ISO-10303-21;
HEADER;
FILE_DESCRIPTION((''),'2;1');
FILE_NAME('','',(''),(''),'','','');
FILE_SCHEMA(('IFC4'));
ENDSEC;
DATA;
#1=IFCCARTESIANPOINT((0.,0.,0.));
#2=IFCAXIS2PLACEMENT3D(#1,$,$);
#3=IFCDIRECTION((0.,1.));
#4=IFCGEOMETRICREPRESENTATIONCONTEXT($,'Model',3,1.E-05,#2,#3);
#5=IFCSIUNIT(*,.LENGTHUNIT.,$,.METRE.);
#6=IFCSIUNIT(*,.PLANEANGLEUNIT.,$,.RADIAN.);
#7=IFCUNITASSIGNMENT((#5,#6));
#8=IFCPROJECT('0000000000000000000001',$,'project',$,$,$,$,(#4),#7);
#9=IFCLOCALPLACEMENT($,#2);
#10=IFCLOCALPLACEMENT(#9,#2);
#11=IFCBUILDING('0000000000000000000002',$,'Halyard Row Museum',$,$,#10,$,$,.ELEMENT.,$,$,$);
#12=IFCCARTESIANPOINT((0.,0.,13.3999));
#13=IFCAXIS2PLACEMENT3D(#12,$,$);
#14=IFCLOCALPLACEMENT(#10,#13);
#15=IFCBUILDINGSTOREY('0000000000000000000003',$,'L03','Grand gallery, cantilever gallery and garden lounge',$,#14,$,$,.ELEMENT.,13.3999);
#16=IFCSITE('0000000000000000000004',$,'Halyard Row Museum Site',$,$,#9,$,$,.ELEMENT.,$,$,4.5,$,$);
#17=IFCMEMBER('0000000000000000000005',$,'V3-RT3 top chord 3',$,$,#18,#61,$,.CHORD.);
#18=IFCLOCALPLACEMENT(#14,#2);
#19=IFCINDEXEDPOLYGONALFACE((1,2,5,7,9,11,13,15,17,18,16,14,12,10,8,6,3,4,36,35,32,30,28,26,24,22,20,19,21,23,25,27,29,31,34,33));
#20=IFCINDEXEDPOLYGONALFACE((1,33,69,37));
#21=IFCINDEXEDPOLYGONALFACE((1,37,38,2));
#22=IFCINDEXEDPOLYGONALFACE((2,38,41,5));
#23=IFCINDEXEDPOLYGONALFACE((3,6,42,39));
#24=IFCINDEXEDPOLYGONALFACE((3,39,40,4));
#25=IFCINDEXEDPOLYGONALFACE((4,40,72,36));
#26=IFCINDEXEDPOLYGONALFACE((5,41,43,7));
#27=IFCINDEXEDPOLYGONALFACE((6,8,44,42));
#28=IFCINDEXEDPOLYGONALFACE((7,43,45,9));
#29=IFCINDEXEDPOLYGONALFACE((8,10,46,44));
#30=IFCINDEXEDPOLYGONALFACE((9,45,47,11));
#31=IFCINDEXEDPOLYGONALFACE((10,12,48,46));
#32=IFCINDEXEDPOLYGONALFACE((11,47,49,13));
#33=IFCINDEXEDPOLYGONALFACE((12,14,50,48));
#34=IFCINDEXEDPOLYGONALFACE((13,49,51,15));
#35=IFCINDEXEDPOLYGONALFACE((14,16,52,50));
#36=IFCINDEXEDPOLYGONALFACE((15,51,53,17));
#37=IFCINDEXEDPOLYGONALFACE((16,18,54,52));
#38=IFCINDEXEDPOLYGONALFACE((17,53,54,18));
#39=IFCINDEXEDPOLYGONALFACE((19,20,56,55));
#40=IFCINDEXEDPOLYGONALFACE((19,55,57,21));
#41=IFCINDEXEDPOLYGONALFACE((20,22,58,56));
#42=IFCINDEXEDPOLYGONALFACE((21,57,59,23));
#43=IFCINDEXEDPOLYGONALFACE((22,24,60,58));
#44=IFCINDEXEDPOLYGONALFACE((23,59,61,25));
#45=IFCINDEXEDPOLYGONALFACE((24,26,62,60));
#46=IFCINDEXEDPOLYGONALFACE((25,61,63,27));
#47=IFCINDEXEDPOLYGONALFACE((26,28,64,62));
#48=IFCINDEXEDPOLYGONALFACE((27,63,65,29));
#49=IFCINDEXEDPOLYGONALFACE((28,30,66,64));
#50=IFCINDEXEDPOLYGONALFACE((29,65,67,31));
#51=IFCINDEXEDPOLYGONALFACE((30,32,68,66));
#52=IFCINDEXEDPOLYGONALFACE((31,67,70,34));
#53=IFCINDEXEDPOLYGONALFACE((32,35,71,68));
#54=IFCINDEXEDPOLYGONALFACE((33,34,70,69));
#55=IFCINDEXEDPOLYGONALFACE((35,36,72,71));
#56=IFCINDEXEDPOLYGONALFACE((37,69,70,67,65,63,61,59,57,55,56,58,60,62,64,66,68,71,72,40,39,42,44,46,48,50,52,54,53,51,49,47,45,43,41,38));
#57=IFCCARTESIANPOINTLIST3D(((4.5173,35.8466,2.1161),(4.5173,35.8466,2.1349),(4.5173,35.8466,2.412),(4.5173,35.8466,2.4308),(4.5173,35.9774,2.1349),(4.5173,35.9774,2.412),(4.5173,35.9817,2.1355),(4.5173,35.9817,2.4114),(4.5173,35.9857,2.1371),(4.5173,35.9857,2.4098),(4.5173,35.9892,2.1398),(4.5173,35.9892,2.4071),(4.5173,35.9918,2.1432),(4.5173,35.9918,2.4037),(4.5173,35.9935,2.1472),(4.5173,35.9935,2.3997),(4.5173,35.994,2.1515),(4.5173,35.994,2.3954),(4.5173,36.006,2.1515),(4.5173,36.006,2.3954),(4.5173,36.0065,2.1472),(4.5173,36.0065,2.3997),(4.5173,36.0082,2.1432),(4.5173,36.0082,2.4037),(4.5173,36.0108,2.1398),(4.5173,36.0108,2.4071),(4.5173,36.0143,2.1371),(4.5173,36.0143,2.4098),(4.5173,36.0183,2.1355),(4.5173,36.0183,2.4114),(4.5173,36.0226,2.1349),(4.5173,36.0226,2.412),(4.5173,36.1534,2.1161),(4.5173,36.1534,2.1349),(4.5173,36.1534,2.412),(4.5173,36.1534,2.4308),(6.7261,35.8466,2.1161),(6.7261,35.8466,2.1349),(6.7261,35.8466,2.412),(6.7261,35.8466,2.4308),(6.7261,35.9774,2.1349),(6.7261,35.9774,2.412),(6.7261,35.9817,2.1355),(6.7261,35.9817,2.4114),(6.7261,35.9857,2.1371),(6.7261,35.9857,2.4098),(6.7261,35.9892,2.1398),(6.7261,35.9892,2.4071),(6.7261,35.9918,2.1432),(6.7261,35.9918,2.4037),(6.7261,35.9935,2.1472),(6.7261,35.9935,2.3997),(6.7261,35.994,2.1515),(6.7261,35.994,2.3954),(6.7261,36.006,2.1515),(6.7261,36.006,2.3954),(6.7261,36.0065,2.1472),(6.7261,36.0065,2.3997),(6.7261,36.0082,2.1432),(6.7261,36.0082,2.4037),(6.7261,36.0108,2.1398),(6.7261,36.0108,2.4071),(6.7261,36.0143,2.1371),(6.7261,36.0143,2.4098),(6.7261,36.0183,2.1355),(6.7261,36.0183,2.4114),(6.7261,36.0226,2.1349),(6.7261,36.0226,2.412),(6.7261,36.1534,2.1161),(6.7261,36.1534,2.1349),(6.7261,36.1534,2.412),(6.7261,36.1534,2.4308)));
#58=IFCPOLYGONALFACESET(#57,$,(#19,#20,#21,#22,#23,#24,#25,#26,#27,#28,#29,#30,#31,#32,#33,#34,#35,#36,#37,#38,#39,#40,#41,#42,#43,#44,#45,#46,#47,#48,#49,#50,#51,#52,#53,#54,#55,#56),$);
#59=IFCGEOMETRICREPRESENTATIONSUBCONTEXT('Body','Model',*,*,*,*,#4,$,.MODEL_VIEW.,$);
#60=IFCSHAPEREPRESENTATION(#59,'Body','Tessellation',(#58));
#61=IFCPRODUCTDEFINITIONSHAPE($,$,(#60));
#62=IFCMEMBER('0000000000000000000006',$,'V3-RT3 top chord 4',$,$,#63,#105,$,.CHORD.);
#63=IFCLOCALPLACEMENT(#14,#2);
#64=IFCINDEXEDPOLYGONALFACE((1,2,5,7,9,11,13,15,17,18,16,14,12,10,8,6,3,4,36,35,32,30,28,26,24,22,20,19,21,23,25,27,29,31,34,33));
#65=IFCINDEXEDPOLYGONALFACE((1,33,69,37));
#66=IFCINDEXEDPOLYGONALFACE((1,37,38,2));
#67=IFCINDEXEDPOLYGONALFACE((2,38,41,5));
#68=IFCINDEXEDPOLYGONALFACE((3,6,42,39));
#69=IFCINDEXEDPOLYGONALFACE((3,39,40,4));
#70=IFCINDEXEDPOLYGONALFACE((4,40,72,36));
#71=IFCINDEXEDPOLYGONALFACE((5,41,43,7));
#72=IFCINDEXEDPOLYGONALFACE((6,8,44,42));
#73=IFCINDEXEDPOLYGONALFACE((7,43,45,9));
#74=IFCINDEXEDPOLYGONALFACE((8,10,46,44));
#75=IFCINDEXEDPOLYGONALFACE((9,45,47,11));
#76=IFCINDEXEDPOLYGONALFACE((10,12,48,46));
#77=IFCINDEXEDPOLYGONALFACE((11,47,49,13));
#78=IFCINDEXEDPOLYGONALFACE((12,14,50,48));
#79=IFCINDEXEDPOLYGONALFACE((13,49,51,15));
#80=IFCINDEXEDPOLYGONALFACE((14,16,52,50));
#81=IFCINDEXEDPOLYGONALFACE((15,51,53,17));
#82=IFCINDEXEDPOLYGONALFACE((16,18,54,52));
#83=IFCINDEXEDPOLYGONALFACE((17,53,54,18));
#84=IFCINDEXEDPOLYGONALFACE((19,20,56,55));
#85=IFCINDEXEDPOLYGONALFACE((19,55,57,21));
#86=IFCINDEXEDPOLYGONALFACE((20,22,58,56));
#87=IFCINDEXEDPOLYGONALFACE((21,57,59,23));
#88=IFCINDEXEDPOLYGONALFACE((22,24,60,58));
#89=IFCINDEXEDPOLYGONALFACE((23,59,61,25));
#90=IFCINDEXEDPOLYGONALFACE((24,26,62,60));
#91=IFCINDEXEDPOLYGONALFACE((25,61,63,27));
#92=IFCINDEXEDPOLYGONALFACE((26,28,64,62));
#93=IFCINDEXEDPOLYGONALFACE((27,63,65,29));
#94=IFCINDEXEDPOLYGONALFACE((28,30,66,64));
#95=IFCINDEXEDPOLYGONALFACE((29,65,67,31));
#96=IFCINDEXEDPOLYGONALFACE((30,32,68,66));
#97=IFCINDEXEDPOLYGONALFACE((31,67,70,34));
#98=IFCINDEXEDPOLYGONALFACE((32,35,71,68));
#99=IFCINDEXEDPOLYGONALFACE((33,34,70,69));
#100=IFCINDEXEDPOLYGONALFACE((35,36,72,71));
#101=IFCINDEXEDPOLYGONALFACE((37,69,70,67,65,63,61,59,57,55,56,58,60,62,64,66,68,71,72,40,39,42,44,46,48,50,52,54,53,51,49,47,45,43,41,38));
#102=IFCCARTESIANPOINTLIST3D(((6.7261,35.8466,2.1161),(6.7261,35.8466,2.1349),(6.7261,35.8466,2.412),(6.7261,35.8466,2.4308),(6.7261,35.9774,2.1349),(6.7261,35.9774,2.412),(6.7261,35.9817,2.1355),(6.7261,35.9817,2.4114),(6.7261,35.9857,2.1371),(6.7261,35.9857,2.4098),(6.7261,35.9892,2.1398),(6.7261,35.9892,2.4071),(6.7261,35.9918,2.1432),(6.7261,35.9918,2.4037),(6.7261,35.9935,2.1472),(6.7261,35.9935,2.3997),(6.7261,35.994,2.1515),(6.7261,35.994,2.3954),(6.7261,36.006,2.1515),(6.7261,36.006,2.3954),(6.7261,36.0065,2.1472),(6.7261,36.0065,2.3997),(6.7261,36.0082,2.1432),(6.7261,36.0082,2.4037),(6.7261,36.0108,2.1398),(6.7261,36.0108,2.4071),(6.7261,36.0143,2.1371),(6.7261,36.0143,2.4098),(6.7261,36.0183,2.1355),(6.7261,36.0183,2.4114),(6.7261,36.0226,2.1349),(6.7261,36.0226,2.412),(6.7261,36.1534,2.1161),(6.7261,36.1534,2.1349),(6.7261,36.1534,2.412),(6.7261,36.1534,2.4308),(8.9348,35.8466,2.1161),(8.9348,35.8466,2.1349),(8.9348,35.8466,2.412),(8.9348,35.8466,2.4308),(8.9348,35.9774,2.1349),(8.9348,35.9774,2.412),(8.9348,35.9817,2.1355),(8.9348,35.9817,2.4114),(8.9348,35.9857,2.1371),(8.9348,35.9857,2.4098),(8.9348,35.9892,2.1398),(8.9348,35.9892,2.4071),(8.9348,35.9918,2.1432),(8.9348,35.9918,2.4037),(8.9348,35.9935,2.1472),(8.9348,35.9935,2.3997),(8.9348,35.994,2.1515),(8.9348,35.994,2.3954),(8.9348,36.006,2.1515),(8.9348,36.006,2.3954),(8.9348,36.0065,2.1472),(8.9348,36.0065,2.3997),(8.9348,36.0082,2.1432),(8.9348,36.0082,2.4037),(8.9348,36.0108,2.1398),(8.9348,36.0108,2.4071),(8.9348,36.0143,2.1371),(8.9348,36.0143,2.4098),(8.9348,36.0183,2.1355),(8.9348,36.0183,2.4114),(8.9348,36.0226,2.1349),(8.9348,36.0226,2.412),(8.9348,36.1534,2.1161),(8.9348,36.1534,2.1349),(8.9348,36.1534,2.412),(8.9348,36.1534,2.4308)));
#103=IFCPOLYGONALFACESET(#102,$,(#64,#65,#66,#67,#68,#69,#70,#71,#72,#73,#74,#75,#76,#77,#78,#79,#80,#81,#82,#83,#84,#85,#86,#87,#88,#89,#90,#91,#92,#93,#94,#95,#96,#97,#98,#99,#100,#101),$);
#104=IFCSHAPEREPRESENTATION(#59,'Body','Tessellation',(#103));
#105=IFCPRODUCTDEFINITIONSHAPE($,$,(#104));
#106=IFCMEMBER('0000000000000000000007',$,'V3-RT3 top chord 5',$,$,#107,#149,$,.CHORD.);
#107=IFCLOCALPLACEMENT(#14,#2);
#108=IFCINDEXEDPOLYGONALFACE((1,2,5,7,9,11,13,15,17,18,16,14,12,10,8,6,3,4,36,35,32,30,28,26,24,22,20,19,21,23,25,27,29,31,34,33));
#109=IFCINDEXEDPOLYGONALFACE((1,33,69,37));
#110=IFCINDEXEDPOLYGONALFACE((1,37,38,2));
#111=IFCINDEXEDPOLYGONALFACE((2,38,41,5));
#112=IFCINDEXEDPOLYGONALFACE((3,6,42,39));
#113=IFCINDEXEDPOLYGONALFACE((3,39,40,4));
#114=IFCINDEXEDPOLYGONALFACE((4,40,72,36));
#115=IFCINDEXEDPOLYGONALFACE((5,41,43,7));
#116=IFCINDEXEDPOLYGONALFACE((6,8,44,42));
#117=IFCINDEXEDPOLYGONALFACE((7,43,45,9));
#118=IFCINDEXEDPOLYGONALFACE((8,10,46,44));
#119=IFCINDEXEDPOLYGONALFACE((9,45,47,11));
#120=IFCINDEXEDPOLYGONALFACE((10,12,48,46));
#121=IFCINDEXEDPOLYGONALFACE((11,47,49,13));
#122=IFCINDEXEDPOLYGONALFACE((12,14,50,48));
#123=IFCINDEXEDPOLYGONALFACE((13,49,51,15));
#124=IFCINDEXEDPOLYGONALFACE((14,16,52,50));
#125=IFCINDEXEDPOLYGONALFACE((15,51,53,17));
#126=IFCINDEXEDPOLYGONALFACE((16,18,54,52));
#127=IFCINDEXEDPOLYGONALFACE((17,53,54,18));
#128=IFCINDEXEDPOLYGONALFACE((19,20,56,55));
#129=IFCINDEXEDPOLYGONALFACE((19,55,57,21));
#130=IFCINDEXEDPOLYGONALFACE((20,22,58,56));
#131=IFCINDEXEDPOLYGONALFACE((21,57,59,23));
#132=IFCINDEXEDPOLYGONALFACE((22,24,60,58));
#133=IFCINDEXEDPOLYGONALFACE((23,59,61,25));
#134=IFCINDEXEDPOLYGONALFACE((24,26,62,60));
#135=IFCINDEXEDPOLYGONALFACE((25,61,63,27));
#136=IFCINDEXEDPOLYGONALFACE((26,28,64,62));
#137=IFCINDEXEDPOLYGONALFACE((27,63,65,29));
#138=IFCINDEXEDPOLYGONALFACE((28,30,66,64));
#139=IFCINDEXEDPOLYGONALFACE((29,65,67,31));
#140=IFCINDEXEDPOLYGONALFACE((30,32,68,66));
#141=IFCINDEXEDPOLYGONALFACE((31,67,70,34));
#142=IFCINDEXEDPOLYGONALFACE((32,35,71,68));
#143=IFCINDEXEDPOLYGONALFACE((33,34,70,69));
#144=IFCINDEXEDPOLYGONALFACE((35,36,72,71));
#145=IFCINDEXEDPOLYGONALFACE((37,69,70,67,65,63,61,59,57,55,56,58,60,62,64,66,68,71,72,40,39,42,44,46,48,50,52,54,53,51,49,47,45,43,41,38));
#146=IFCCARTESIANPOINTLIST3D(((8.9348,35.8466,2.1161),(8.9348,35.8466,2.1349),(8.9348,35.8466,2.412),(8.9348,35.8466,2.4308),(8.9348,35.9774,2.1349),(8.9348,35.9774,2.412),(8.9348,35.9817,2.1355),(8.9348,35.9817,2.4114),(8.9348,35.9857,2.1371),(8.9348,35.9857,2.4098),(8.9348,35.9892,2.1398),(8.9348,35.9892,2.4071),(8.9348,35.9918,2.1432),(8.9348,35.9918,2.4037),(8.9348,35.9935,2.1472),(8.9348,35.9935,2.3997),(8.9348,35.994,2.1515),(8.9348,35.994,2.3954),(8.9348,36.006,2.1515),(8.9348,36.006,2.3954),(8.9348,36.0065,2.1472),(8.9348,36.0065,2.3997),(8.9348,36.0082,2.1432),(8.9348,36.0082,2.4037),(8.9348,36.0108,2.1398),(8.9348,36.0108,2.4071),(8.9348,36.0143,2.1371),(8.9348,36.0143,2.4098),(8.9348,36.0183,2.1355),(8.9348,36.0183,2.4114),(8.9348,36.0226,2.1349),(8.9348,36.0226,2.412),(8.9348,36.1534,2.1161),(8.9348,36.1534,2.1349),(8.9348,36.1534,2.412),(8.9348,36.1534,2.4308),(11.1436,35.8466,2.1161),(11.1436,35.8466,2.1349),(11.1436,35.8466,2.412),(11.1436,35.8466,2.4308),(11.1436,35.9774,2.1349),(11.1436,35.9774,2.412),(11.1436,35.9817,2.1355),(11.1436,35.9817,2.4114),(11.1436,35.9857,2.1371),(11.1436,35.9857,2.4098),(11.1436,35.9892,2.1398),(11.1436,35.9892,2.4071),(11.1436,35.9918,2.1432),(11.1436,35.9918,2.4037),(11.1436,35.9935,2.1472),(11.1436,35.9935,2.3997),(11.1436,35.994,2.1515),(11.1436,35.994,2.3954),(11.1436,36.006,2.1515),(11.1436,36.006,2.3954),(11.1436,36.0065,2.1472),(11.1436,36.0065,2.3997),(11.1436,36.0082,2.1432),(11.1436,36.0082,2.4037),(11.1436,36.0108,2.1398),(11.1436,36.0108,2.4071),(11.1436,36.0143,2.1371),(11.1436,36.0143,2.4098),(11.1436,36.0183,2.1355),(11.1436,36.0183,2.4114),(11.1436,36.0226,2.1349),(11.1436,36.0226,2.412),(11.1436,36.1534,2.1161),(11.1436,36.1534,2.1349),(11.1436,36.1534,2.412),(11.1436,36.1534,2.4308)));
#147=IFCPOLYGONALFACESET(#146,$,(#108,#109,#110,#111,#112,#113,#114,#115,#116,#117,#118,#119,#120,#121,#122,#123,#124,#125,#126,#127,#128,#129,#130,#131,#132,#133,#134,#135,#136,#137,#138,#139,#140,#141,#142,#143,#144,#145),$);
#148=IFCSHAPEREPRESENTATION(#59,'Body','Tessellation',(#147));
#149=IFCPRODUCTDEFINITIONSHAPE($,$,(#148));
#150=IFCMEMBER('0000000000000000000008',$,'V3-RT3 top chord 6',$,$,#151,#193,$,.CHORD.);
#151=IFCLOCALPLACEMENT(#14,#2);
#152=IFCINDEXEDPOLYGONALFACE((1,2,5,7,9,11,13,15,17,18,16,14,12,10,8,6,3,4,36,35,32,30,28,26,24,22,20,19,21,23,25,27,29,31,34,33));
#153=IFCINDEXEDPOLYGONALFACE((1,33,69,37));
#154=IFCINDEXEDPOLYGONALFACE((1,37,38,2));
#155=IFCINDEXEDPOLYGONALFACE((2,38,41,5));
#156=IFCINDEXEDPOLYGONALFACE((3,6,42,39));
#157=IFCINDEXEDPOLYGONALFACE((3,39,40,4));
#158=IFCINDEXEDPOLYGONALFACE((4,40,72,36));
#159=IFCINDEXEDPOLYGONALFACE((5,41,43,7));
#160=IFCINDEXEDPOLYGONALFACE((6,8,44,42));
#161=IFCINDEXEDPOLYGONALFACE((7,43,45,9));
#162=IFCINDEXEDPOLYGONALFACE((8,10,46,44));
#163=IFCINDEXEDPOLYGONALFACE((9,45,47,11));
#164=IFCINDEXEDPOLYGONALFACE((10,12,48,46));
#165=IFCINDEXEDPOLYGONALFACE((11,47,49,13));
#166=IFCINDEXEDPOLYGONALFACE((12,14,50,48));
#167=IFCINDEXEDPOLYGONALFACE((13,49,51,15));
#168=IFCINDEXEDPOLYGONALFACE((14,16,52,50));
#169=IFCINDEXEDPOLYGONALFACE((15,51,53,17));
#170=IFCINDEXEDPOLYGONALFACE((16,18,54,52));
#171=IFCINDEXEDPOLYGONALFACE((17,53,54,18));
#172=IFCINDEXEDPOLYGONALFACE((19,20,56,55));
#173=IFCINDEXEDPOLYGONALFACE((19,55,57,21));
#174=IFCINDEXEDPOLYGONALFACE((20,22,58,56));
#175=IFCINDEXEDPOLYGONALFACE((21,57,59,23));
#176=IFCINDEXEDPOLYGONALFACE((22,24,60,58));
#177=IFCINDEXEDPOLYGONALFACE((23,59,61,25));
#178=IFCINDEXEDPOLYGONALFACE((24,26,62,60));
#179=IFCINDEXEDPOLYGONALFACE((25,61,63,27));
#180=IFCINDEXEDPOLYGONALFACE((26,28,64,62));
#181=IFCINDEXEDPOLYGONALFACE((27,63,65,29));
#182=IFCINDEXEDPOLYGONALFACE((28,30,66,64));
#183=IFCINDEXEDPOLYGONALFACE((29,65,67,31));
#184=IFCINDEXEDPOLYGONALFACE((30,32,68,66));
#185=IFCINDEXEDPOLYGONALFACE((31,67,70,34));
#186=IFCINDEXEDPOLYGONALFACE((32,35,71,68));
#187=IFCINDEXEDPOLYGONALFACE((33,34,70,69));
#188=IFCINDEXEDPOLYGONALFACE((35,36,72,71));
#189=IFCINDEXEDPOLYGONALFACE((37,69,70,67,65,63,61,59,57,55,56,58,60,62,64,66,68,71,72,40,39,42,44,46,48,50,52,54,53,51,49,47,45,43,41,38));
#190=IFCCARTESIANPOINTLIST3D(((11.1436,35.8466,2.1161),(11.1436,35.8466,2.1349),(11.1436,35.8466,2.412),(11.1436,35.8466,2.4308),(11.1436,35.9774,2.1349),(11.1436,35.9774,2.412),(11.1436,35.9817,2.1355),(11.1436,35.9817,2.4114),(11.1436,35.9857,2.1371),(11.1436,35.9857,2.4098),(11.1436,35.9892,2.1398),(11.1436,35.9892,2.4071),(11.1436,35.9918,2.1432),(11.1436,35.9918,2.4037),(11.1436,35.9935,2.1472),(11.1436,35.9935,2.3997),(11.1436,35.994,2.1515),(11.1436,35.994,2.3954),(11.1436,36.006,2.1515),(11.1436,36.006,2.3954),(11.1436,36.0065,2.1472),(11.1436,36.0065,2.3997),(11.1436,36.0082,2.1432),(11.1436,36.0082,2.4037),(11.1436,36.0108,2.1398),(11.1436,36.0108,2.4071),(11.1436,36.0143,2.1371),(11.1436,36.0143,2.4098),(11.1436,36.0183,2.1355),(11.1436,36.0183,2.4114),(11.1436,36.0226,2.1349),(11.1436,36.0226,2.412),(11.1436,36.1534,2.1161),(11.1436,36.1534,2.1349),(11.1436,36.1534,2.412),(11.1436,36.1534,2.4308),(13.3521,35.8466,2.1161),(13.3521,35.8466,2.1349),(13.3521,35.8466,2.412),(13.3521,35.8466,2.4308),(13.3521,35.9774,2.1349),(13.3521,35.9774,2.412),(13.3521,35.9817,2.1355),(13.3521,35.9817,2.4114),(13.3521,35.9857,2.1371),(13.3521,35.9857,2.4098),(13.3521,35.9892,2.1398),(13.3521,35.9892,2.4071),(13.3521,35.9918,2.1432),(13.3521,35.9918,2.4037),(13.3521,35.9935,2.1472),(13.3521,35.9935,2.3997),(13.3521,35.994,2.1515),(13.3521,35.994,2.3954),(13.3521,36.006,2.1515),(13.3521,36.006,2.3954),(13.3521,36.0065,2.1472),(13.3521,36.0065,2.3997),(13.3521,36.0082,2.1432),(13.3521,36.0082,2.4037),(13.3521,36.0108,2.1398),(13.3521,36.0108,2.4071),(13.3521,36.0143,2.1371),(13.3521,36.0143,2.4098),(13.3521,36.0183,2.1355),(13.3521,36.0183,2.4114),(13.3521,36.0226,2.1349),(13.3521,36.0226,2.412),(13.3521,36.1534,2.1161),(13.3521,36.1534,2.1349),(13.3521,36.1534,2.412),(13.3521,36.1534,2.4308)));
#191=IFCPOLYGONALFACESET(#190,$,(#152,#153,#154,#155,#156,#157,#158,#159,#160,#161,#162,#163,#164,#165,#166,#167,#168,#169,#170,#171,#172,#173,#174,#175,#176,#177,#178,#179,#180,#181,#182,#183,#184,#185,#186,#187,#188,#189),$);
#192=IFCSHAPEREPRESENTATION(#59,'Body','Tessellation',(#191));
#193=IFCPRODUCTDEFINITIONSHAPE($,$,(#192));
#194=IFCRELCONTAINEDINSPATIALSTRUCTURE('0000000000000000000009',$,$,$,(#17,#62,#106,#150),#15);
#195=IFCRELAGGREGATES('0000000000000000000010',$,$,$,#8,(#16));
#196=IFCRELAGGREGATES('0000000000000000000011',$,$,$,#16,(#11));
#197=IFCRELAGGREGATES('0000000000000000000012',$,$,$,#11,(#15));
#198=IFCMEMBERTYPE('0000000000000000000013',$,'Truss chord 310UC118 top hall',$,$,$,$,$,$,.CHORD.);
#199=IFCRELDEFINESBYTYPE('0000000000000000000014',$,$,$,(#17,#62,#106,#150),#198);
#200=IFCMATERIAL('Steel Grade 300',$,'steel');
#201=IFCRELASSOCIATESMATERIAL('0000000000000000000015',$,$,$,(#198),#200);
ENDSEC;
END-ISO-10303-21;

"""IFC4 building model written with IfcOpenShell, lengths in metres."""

from ifc_helpers import new_model, si_unit, direction, frame, origin, origin_2d, place, context, subcontext, project, spatial, i_section, extrude, material, material_profile, profile_set, type_object, element, save


model = new_model("IFC4")

# Units and contexts
model_context = context("Model", 3, precision=1e-05, world=origin(), true_north=direction((0.0, 1.0)))
body_context = subcontext(model_context, "Body", "Model", "MODEL_VIEW")
ifc_project = project(units=[si_unit("LENGTHUNIT", "METRE"), si_unit("PLANEANGLEUNIT", "RADIAN")], contexts=[model_context])

# Site, building, storey
site_placement = place(None, origin())
site = spatial("IfcSite", under=ifc_project, at=site_placement, Name="Halyard Row Museum Site", CompositionType="ELEMENT", RefElevation=4.5)
building_placement = place(site_placement, origin())
building = spatial("IfcBuilding", under=site, at=building_placement, Name="Halyard Row Museum", CompositionType="ELEMENT")
storey_placement = place(building_placement, frame((0.0, 0.0, 13.3999)))
storey = spatial("IfcBuildingStorey", under=building, at=storey_placement, Name="L03", Description="Grand gallery, cantilever gallery and garden lounge", CompositionType="ELEMENT", Elevation=13.3999)

# Members
ifc_material_1 = material(Name="Steel Grade 300", Category="steel")
ifc_material_profile_1 = material_profile(ifc_material_1, i_section(OverallWidth=0.3069, OverallDepth=0.3147, WebThickness=0.012, FlangeThickness=0.0188, FilletRadius=0.0166, at=origin_2d()), Name="310UC118")
ifc_profile_set_1 = profile_set([ifc_material_profile_1], Name="Steel Grade 300")
member_type_1 = type_object("IfcMemberType", Name="Truss chord 310UC118 top hall", PredefinedType="CHORD", material=ifc_profile_set_1)
for number, where, z_axis, x_axis, name in (
    (1, (4.5173, 36.0, 2.2734), (1.0, 0.0, 0.0), (0.0, 1.0, 0.0), "V3-RT3 top chord 3"),
    (2, (6.7261, 36.0, 2.2734), (1.0, 0.0, 0.0), (0.0, 1.0, 0.0), "V3-RT3 top chord 4"),
    (3, (8.9348, 36.0, 2.2734), (1.0, 0.0, 0.0), (0.0, 1.0, 0.0), "V3-RT3 top chord 5"),
):
    element("IfcMember", number, at=place(storey_placement, frame(where, z_axis=z_axis, x_axis=x_axis)), inside=storey, type_object=member_type_1, Name=name, PredefinedType="CHORD", context=body_context, shape_type="SweptSolid", body=[
        extrude(i_section(OverallWidth=0.3069, OverallDepth=0.3147, WebThickness=0.012, FlangeThickness=0.0188, FilletRadius=0.0166, at=origin_2d()), origin(), (0.0, 0.0, 1.0), 2.2087),
    ])
member_1_placement = place(storey_placement, frame((11.1436, 36.0, 2.2734), z_axis=(1.0, 0.0, 0.0), x_axis=(0.0, 1.0, 0.0)))
element("IfcMember", 4, at=member_1_placement, inside=storey, type_object=member_type_1, Name="V3-RT3 top chord 6", PredefinedType="CHORD", context=body_context, shape_type="SweptSolid", body=[
    extrude(i_section(OverallWidth=0.3069, OverallDepth=0.3147, WebThickness=0.012, FlangeThickness=0.0188, FilletRadius=0.0166, at=origin_2d()), origin(), (0.0, 0.0, 1.0), 2.2085),
])

save(model, "model.ifc")
